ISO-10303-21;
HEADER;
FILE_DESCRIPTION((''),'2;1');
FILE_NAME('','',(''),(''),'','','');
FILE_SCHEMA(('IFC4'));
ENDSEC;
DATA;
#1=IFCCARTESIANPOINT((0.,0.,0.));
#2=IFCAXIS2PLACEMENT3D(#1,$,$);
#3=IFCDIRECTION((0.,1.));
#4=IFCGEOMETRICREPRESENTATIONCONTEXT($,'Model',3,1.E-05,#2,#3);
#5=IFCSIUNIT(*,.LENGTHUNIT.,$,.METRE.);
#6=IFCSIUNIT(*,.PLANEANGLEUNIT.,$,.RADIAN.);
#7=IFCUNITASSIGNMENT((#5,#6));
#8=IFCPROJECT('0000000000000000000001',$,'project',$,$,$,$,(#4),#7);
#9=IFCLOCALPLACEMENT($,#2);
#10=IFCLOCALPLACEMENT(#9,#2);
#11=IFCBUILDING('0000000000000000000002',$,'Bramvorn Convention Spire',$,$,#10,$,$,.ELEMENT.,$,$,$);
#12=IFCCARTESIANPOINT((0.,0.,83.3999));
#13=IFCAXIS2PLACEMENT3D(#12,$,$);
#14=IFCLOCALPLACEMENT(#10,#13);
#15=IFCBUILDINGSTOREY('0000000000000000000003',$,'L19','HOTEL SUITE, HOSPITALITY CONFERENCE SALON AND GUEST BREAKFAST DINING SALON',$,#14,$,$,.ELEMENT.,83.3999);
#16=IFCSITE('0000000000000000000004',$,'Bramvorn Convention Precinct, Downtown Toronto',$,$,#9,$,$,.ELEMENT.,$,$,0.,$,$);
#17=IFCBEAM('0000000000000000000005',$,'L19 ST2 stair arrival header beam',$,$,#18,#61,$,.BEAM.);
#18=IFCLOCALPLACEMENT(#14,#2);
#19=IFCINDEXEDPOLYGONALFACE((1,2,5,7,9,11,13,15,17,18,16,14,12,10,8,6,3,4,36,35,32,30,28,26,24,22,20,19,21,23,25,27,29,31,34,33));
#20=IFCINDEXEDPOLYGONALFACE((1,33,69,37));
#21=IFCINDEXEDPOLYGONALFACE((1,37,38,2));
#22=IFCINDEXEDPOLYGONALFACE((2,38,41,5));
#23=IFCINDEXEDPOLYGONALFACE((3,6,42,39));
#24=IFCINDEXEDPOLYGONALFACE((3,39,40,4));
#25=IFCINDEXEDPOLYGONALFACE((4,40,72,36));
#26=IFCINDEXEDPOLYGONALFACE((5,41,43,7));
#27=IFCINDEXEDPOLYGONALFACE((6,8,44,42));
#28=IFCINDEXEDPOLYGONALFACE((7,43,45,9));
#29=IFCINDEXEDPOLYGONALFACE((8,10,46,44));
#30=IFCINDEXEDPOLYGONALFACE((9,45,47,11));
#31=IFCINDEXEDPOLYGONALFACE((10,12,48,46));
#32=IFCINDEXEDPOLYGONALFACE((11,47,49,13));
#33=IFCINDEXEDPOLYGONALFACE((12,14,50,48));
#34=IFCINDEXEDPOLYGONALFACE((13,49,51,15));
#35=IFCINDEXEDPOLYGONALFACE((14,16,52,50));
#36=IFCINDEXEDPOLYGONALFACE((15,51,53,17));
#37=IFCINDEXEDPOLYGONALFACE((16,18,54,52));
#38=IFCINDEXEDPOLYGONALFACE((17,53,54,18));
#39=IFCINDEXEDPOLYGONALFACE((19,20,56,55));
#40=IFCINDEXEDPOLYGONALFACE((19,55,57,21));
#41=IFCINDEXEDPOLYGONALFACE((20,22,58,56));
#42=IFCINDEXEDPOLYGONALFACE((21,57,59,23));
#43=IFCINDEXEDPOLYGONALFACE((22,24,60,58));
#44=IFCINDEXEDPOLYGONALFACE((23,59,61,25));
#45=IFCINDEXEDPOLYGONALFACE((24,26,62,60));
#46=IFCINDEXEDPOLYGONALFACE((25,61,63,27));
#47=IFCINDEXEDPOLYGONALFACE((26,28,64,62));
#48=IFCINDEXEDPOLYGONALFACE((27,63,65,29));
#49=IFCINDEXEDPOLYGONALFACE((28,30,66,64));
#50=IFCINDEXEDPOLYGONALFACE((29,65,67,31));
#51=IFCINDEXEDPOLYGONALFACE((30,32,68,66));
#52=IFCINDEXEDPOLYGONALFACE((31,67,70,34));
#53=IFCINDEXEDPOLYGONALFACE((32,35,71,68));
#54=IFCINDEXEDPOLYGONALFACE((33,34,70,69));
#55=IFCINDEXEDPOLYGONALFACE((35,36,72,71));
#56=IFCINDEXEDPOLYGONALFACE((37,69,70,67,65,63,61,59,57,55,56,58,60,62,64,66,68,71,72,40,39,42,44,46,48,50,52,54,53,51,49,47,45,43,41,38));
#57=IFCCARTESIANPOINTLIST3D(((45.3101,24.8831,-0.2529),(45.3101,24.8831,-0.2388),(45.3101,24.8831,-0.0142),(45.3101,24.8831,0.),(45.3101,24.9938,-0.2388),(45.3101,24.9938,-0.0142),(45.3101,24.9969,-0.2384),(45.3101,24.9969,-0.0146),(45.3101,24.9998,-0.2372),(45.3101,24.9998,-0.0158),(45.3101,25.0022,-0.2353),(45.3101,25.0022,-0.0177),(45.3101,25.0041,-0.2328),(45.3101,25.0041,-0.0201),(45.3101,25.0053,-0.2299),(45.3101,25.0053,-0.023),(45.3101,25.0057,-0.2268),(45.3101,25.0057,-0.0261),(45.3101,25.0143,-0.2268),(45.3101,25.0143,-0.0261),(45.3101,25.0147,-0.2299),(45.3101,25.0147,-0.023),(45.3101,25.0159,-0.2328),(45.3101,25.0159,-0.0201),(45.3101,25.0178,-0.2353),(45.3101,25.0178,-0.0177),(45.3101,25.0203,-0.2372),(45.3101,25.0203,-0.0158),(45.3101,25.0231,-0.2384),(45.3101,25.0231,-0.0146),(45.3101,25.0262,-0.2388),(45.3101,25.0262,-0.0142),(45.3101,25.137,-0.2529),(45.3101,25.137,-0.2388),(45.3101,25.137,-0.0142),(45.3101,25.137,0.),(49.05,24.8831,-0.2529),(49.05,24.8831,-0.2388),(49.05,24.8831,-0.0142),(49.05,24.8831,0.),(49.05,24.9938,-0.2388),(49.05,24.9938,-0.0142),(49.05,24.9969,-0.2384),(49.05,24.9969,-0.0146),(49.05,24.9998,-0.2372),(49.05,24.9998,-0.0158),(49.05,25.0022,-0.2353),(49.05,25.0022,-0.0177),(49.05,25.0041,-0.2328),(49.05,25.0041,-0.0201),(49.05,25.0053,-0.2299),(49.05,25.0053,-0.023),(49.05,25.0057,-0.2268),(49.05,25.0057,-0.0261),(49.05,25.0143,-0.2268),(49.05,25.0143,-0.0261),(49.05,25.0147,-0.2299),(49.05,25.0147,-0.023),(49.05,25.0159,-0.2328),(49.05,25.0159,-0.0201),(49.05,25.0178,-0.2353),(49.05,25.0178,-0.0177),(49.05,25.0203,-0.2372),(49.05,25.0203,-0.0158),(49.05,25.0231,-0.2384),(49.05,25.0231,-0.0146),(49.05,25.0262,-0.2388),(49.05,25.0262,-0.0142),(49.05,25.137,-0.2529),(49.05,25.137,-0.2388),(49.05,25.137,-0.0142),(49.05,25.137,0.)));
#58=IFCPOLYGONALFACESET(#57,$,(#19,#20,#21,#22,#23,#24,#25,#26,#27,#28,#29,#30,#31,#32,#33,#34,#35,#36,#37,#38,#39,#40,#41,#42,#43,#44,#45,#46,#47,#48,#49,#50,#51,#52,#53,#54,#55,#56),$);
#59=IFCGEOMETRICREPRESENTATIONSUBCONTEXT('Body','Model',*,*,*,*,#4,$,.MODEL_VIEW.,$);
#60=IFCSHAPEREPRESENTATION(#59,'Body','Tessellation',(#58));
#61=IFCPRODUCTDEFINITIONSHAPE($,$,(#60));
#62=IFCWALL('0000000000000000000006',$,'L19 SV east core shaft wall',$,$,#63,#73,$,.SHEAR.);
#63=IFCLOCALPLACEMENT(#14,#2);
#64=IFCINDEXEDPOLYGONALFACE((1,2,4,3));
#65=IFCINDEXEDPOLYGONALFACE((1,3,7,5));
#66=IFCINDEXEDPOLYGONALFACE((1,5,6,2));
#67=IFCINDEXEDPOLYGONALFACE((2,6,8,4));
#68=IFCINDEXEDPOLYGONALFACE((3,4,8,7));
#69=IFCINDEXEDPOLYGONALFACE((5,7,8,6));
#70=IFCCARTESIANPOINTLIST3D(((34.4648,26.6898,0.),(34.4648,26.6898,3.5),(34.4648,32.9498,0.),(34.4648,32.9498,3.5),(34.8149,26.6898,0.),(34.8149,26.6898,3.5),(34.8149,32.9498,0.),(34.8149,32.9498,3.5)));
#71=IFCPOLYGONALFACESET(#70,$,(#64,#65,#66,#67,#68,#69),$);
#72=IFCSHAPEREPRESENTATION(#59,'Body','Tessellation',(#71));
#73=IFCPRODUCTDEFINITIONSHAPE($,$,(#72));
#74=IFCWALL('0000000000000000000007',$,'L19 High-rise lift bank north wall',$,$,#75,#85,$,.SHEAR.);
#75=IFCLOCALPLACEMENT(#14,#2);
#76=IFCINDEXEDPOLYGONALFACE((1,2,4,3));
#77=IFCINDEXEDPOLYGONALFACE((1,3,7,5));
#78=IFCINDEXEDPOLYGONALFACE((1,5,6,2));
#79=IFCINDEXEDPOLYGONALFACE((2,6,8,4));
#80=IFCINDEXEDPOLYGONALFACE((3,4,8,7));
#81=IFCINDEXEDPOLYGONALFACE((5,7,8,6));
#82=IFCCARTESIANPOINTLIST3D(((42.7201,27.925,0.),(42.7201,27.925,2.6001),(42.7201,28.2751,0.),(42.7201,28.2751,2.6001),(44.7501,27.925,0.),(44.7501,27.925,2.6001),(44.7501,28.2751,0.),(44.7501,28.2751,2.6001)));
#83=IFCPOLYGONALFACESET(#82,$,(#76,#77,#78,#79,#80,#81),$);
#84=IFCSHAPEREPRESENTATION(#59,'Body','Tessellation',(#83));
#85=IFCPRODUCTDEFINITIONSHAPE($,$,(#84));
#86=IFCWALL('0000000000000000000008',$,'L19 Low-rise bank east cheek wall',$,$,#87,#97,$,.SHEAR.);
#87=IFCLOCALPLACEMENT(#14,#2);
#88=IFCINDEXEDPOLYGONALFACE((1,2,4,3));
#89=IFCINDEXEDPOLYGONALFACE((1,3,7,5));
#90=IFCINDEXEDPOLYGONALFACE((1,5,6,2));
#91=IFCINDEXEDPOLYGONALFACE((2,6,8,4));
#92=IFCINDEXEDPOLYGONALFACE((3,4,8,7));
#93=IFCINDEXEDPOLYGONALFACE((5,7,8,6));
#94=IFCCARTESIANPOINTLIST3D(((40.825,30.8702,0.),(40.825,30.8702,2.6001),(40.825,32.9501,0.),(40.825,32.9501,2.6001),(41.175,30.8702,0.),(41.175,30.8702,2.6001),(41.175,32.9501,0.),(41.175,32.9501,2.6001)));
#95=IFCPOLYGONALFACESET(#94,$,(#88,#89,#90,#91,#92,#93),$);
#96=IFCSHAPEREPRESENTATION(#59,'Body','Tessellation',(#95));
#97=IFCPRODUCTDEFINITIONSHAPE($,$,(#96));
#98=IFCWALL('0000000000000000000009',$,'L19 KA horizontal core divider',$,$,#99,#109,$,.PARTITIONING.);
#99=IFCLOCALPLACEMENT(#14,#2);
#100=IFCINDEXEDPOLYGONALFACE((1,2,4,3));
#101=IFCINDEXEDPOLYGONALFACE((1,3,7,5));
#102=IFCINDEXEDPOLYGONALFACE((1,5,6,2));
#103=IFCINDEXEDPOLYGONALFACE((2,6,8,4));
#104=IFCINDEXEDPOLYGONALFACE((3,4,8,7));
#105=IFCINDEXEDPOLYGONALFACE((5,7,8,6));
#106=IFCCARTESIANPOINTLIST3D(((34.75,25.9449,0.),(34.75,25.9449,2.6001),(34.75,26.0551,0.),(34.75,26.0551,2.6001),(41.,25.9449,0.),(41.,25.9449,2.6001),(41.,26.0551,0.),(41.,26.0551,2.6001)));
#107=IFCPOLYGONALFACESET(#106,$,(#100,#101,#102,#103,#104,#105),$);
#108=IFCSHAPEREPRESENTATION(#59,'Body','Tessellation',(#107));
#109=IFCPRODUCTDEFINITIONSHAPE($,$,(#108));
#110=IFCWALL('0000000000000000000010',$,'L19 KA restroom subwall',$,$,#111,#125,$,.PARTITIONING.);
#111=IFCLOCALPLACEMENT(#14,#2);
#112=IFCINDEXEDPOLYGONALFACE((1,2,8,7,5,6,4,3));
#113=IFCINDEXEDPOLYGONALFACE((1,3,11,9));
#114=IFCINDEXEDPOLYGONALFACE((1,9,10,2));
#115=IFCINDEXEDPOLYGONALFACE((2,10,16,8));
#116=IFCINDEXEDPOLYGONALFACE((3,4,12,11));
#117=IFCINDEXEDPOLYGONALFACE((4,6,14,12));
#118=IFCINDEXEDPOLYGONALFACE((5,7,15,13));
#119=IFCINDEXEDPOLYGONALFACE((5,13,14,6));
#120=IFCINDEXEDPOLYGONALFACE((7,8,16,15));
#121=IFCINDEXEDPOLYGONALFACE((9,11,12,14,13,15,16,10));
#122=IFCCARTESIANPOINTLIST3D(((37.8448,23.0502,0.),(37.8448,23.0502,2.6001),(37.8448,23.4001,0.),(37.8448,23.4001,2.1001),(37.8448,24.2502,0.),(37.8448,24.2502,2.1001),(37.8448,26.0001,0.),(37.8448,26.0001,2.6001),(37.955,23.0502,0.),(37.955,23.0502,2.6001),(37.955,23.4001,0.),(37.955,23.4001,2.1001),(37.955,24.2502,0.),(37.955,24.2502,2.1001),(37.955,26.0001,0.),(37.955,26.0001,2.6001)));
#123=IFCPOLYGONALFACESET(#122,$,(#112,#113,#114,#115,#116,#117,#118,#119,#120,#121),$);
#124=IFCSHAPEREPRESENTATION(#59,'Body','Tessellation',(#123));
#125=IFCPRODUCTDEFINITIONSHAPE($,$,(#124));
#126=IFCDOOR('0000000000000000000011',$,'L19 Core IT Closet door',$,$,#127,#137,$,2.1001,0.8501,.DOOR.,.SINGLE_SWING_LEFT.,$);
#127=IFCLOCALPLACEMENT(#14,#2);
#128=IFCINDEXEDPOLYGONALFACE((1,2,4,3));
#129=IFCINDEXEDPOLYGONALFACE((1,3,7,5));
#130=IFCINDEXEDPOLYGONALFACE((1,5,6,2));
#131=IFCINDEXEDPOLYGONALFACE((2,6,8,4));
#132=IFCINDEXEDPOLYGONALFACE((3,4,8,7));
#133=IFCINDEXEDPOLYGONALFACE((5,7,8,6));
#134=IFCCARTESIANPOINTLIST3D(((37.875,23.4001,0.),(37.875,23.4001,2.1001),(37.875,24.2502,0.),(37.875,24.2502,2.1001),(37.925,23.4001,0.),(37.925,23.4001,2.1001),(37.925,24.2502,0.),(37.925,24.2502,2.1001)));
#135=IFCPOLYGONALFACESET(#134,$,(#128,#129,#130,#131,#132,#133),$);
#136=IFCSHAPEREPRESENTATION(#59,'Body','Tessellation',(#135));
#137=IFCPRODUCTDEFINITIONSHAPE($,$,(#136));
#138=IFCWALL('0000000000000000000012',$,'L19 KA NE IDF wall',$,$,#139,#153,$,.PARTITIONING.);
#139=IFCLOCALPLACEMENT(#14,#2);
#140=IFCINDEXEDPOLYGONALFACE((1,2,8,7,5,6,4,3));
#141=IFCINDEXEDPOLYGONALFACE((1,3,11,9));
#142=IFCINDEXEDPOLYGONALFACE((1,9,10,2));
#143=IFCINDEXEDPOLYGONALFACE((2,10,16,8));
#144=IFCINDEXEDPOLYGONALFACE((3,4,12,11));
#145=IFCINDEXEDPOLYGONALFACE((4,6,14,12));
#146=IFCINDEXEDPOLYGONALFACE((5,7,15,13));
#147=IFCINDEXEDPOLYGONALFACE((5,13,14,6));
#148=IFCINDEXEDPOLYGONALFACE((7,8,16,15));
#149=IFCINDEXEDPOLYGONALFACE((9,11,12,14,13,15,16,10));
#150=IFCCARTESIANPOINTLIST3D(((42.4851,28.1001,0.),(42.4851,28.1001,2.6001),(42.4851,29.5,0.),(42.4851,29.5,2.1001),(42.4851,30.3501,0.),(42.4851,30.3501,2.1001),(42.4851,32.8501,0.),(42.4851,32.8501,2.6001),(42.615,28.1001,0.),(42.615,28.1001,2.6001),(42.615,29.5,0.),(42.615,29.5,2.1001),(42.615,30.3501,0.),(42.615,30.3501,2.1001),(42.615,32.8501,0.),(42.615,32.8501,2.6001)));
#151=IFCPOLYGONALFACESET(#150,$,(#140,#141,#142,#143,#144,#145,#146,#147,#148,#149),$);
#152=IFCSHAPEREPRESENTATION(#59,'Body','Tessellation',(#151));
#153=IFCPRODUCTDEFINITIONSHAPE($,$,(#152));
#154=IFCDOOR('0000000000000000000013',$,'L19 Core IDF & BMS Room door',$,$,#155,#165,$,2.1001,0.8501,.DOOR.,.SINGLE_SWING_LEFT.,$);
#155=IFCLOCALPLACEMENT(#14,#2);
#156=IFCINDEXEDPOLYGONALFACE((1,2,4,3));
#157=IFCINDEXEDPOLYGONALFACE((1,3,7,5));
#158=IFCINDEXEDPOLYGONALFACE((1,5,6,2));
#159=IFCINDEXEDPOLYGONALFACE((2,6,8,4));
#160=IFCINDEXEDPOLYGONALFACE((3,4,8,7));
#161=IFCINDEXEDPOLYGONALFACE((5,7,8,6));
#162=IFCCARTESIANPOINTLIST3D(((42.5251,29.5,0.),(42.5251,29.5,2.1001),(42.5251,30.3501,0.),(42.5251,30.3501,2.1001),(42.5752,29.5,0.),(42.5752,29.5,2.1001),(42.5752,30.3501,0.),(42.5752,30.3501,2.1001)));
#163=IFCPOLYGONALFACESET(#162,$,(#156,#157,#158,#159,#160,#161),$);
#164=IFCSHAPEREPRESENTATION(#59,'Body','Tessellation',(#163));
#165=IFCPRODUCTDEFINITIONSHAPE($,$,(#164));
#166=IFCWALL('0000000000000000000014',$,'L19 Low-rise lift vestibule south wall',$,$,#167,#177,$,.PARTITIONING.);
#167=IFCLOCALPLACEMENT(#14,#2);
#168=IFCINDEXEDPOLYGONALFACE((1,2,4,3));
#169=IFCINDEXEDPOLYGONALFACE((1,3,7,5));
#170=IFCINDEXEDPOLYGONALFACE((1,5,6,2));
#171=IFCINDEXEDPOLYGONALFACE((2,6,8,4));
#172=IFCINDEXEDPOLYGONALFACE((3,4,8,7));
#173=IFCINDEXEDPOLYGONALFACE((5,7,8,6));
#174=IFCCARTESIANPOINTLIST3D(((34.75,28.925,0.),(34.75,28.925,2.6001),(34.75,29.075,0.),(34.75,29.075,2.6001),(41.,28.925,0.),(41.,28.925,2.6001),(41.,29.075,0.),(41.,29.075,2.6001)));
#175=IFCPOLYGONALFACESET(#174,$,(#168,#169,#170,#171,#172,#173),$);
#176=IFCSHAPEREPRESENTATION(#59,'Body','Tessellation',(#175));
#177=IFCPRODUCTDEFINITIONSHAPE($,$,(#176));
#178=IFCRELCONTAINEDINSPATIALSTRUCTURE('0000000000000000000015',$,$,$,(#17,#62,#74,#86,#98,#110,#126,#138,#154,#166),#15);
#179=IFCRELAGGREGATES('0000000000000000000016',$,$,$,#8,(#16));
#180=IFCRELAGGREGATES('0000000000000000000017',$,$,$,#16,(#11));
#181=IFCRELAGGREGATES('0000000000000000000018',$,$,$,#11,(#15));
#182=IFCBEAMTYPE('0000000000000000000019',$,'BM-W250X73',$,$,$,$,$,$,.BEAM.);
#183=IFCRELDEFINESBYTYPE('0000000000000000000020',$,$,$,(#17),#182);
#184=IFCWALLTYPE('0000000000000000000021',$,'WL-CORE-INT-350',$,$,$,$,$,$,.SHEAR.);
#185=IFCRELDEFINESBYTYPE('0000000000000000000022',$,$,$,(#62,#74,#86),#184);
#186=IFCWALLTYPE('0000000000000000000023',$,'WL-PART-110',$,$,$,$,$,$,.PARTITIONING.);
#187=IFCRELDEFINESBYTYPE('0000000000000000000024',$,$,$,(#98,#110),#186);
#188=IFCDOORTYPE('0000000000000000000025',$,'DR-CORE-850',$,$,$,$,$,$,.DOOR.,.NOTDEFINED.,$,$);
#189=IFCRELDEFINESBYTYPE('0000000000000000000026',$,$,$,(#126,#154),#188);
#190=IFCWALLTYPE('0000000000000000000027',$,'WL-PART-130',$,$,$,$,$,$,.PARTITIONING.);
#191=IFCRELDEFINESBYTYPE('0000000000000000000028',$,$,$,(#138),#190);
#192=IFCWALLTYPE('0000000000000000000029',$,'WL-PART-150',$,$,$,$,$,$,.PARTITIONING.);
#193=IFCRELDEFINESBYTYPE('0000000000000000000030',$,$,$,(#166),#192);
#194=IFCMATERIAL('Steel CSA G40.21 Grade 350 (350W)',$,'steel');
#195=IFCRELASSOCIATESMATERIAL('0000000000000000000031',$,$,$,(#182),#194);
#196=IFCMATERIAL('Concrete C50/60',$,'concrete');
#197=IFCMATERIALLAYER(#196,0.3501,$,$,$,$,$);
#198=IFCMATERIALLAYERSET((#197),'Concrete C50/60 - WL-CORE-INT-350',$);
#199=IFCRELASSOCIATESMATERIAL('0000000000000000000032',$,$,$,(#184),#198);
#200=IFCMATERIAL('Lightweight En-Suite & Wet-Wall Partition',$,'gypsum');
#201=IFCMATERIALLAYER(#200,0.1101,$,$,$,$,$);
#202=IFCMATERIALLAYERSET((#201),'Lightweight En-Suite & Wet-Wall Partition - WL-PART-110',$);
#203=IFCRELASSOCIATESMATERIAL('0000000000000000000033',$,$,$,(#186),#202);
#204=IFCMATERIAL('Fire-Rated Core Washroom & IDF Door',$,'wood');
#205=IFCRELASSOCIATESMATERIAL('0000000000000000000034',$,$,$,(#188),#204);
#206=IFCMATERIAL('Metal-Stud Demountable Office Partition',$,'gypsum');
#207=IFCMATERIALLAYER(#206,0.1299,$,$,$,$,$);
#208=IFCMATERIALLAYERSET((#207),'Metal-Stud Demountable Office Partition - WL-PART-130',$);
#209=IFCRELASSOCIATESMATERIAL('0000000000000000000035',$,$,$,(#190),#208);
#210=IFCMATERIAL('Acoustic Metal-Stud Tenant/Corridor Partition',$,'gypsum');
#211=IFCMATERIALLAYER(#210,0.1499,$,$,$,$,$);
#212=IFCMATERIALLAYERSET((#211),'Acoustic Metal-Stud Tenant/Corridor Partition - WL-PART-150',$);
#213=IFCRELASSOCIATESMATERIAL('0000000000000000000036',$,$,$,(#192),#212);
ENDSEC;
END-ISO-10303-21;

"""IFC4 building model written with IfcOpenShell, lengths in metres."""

from ifc_helpers import new_model, si_unit, direction, frame, frame_2d, origin, origin_2d, place, context, subcontext, project, spatial, rectangle, i_section, extrude, material, layer, layer_set, material_profile, profile_set, type_object, element, fill, save


model = new_model("IFC4")

# Units and contexts
model_context = context("Model", 3, precision=1e-05, world=origin(), true_north=direction((0.0, 1.0)))
body_context = subcontext(model_context, "Body", "Model", "MODEL_VIEW")
ifc_project = project(units=[si_unit("LENGTHUNIT", "METRE"), si_unit("PLANEANGLEUNIT", "RADIAN")], contexts=[model_context])

# Site, building, storey
site_placement = place(None, origin())
site = spatial("IfcSite", under=ifc_project, at=site_placement, Name="Bramvorn Convention Precinct, Downtown Toronto", CompositionType="ELEMENT", RefElevation=0.0)
building_placement = place(site_placement, origin())
building = spatial("IfcBuilding", under=site, at=building_placement, Name="Bramvorn Convention Spire", CompositionType="ELEMENT")
storey_placement = place(building_placement, frame((0.0, 0.0, 83.3999)))
storey = spatial("IfcBuildingStorey", under=building, at=storey_placement, Name="L19", Description="HOTEL SUITE, HOSPITALITY CONFERENCE SALON AND GUEST BREAKFAST DINING SALON", CompositionType="ELEMENT", Elevation=83.3999)

# Beam
ifc_material_1 = material(Name="Steel CSA G40.21 Grade 350 (350W)", Category="steel")
ifc_material_profile = material_profile(ifc_material_1, i_section(OverallWidth=0.2539, OverallDepth=0.2529, WebThickness=0.0085, FlangeThickness=0.0142, FilletRadius=0.012, at=origin_2d()))
ifc_profile_set = profile_set([ifc_material_profile], Name="Steel CSA G40.21 Grade 350 (350W) - W250X73")
beam_type = type_object("IfcBeamType", Name="BM-W250X73", PredefinedType="BEAM", material=ifc_profile_set)
beam_placement = place(storey_placement, frame((45.3101, 25.01, -0.1265), z_axis=(1.0, 0.0, 0.0), x_axis=(0.0, 1.0, 0.0)))
element("IfcBeam", 1, at=beam_placement, inside=storey, type_object=beam_type, Name="L19 ST2 stair arrival header beam", PredefinedType="BEAM", context=body_context, shape_type="SweptSolid", body=[
    extrude(i_section(OverallWidth=0.2539, OverallDepth=0.2529, WebThickness=0.0085, FlangeThickness=0.0142, FilletRadius=0.012, at=origin_2d()), origin(), (0.0, 0.0, 1.0), 3.74),
])

# Walls
ifc_material_2 = material(Name="Concrete C50/60", Category="concrete")
ifc_layer_1 = layer(ifc_material_2, 0.3501)
ifc_layer_set_1 = layer_set([ifc_layer_1], Name="Concrete C50/60 - WL-CORE-INT-350")
wall_type_1 = type_object("IfcWallType", Name="WL-CORE-INT-350", PredefinedType="SHEAR", material=ifc_layer_set_1)
wall_1_placement = place(storey_placement, frame((34.6399, 26.6899, 0.0), z_axis=(0.0, 0.0, 1.0), x_axis=(0.0, 1.0, 0.0)))
element("IfcWall", 2, at=wall_1_placement, inside=storey, type_object=wall_type_1, Name="L19 SV east core shaft wall", PredefinedType="SHEAR", context=body_context, shape_type="SweptSolid", body=[
    extrude(rectangle(XDim=6.26, YDim=0.3501, at=frame_2d((3.1299, 0.0))), origin(), (0.0, 0.0, 1.0), 3.5),
])
wall_2_placement = place(storey_placement, frame((42.72, 28.1001, 0.0), z_axis=(0.0, 0.0, 1.0), x_axis=(1.0, 0.0, 0.0)))
element("IfcWall", 3, at=wall_2_placement, inside=storey, type_object=wall_type_1, Name="L19 High-rise lift bank north wall", PredefinedType="SHEAR", context=body_context, shape_type="SweptSolid", body=[
    extrude(rectangle(XDim=2.03, YDim=0.3501, at=frame_2d((1.0151, 0.0))), origin(), (0.0, 0.0, 1.0), 2.6001),
])

# Walls
wall_3_placement = place(storey_placement, frame((41.0, 30.8701, 0.0), z_axis=(0.0, 0.0, 1.0), x_axis=(0.0, 1.0, 0.0)))
element("IfcWall", 4, at=wall_3_placement, inside=storey, type_object=wall_type_1, Name="L19 Low-rise bank east cheek wall", PredefinedType="SHEAR", context=body_context, shape_type="SweptSolid", body=[
    extrude(rectangle(XDim=2.0798, YDim=0.3501, at=frame_2d((1.04, 0.0))), origin(), (0.0, 0.0, 1.0), 2.6001),
])
ifc_material_3 = material(Name="Lightweight En-Suite & Wet-Wall Partition", Category="gypsum")
ifc_layer_2 = layer(ifc_material_3, 0.1101)
ifc_layer_set_2 = layer_set([ifc_layer_2], Name="Lightweight En-Suite & Wet-Wall Partition - WL-PART-110")
wall_type_2 = type_object("IfcWallType", Name="WL-PART-110", PredefinedType="PARTITIONING", material=ifc_layer_set_2)
wall_4_placement = place(storey_placement, frame((34.75, 26.0, 0.0), z_axis=(0.0, 0.0, 1.0), x_axis=(1.0, 0.0, 0.0)))
element("IfcWall", 5, at=wall_4_placement, inside=storey, type_object=wall_type_2, Name="L19 KA horizontal core divider", PredefinedType="PARTITIONING", context=body_context, shape_type="SweptSolid", body=[
    extrude(rectangle(XDim=6.25, YDim=0.1101, at=frame_2d((3.125, 0.0))), origin(), (0.0, 0.0, 1.0), 2.6001),
])

# Walls, openings, doors
wall_5_placement = place(storey_placement, frame((37.8999, 23.05, 0.0), z_axis=(0.0, 0.0, 1.0), x_axis=(0.0, 1.0, 0.0)))
wall_5 = element("IfcWall", 6, at=wall_5_placement, inside=storey, type_object=wall_type_2, Name="L19 KA restroom subwall", PredefinedType="PARTITIONING", context=body_context, shape_type="SweptSolid", body=[
    extrude(rectangle(XDim=2.95, YDim=0.1101, at=frame_2d((1.4751, 0.0))), origin(), (0.0, 0.0, 1.0), 2.6001),
])
opening_1_placement = place(wall_5_placement, frame((0.3501, 0.0, 0.0)))
opening_1 = element("IfcOpeningElement", 7, at=opening_1_placement, cuts=wall_5, PredefinedType="OPENING", context=body_context, shape_type="SweptSolid", body=[
    extrude(rectangle(XDim=0.8501, YDim=2.1001, at=frame_2d((0.425, 1.05))), frame((0.0, 0.0649, 0.0), z_axis=(0.0, -1.0, 0.0), x_axis=(1.0, 0.0, 0.0)), (0.0, 0.0, 1.0), 0.1301),
])
ifc_material_4 = material(Name="Fire-Rated Core Washroom & IDF Door", Category="wood")
door_type_1 = type_object("IfcDoorType", Name="DR-CORE-850", OperationType="NOTDEFINED", PredefinedType="DOOR", material=ifc_material_4)
door_1_placement = place(opening_1_placement, origin())
door_1 = element("IfcDoor", 8, at=door_1_placement, inside=storey, type_object=door_type_1, Name="L19 Core IT Closet door", OperationType="SINGLE_SWING_LEFT", OverallHeight=2.1001, OverallWidth=0.8501, PredefinedType="DOOR", context=body_context, shape_type="SweptSolid", body=[
    extrude(rectangle(XDim=0.8501, YDim=2.1001, at=frame_2d((0.425, 1.05))), frame((0.0, 0.0249, 0.0), z_axis=(0.0, -1.0, 0.0), x_axis=(1.0, 0.0, 0.0)), (0.0, 0.0, 1.0), 0.05),
])
fill(opening_1, door_1)
ifc_material_5 = material(Name="Metal-Stud Demountable Office Partition", Category="gypsum")
ifc_layer_3 = layer(ifc_material_5, 0.1299)
ifc_layer_set_3 = layer_set([ifc_layer_3], Name="Metal-Stud Demountable Office Partition - WL-PART-130")
wall_type_3 = type_object("IfcWallType", Name="WL-PART-130", PredefinedType="PARTITIONING", material=ifc_layer_set_3)
wall_6_placement = place(storey_placement, frame((42.55, 28.1001, 0.0), z_axis=(0.0, 0.0, 1.0), x_axis=(0.0, 1.0, 0.0)))
wall_6 = element("IfcWall", 9, at=wall_6_placement, inside=storey, type_object=wall_type_3, Name="L19 KA NE IDF wall", PredefinedType="PARTITIONING", context=body_context, shape_type="SweptSolid", body=[
    extrude(rectangle(XDim=4.75, YDim=0.1299, at=frame_2d((2.375, 0.0))), origin(), (0.0, 0.0, 1.0), 2.6001),
])
opening_2_placement = place(wall_6_placement, frame((1.3999, 0.0, 0.0)))
opening_2 = element("IfcOpeningElement", 10, at=opening_2_placement, cuts=wall_6, PredefinedType="OPENING", context=body_context, shape_type="SweptSolid", body=[
    extrude(rectangle(XDim=0.8501, YDim=2.1001, at=frame_2d((0.425, 1.05))), frame((0.0, 0.075, 0.0), z_axis=(0.0, -1.0, 0.0), x_axis=(1.0, 0.0, 0.0)), (0.0, 0.0, 1.0), 0.1499),
])
door_2_placement = place(opening_2_placement, origin())
door_2 = element("IfcDoor", 11, at=door_2_placement, inside=storey, type_object=door_type_1, Name="L19 Core IDF & BMS Room door", OperationType="SINGLE_SWING_LEFT", OverallHeight=2.1001, OverallWidth=0.8501, PredefinedType="DOOR", context=body_context, shape_type="SweptSolid", body=[
    extrude(rectangle(XDim=0.8501, YDim=2.1001, at=frame_2d((0.425, 1.05))), frame((0.0, 0.0249, 0.0), z_axis=(0.0, -1.0, 0.0), x_axis=(1.0, 0.0, 0.0)), (0.0, 0.0, 1.0), 0.05),
])
fill(opening_2, door_2)

# Wall
ifc_material_6 = material(Name="Acoustic Metal-Stud Tenant/Corridor Partition", Category="gypsum")
ifc_layer_4 = layer(ifc_material_6, 0.1499)
ifc_layer_set_4 = layer_set([ifc_layer_4], Name="Acoustic Metal-Stud Tenant/Corridor Partition - WL-PART-150")
wall_type_4 = type_object("IfcWallType", Name="WL-PART-150", PredefinedType="PARTITIONING", material=ifc_layer_set_4)
for number, where, z_axis, x_axis, name in (
    (12, (34.75, 29.0, 0.0), (0.0, 0.0, 1.0), (1.0, 0.0, 0.0), "L19 Low-rise lift vestibule south wall"),
):
    element("IfcWall", number, at=place(storey_placement, frame(where, z_axis=z_axis, x_axis=x_axis)), inside=storey, type_object=wall_type_4, Name=name, PredefinedType="PARTITIONING", context=body_context, shape_type="SweptSolid", body=[
        extrude(rectangle(XDim=6.25, YDim=0.1499, at=frame_2d((3.125, 0.0))), origin(), (0.0, 0.0, 1.0), 2.6001),
    ])

save(model, "model.ifc")
